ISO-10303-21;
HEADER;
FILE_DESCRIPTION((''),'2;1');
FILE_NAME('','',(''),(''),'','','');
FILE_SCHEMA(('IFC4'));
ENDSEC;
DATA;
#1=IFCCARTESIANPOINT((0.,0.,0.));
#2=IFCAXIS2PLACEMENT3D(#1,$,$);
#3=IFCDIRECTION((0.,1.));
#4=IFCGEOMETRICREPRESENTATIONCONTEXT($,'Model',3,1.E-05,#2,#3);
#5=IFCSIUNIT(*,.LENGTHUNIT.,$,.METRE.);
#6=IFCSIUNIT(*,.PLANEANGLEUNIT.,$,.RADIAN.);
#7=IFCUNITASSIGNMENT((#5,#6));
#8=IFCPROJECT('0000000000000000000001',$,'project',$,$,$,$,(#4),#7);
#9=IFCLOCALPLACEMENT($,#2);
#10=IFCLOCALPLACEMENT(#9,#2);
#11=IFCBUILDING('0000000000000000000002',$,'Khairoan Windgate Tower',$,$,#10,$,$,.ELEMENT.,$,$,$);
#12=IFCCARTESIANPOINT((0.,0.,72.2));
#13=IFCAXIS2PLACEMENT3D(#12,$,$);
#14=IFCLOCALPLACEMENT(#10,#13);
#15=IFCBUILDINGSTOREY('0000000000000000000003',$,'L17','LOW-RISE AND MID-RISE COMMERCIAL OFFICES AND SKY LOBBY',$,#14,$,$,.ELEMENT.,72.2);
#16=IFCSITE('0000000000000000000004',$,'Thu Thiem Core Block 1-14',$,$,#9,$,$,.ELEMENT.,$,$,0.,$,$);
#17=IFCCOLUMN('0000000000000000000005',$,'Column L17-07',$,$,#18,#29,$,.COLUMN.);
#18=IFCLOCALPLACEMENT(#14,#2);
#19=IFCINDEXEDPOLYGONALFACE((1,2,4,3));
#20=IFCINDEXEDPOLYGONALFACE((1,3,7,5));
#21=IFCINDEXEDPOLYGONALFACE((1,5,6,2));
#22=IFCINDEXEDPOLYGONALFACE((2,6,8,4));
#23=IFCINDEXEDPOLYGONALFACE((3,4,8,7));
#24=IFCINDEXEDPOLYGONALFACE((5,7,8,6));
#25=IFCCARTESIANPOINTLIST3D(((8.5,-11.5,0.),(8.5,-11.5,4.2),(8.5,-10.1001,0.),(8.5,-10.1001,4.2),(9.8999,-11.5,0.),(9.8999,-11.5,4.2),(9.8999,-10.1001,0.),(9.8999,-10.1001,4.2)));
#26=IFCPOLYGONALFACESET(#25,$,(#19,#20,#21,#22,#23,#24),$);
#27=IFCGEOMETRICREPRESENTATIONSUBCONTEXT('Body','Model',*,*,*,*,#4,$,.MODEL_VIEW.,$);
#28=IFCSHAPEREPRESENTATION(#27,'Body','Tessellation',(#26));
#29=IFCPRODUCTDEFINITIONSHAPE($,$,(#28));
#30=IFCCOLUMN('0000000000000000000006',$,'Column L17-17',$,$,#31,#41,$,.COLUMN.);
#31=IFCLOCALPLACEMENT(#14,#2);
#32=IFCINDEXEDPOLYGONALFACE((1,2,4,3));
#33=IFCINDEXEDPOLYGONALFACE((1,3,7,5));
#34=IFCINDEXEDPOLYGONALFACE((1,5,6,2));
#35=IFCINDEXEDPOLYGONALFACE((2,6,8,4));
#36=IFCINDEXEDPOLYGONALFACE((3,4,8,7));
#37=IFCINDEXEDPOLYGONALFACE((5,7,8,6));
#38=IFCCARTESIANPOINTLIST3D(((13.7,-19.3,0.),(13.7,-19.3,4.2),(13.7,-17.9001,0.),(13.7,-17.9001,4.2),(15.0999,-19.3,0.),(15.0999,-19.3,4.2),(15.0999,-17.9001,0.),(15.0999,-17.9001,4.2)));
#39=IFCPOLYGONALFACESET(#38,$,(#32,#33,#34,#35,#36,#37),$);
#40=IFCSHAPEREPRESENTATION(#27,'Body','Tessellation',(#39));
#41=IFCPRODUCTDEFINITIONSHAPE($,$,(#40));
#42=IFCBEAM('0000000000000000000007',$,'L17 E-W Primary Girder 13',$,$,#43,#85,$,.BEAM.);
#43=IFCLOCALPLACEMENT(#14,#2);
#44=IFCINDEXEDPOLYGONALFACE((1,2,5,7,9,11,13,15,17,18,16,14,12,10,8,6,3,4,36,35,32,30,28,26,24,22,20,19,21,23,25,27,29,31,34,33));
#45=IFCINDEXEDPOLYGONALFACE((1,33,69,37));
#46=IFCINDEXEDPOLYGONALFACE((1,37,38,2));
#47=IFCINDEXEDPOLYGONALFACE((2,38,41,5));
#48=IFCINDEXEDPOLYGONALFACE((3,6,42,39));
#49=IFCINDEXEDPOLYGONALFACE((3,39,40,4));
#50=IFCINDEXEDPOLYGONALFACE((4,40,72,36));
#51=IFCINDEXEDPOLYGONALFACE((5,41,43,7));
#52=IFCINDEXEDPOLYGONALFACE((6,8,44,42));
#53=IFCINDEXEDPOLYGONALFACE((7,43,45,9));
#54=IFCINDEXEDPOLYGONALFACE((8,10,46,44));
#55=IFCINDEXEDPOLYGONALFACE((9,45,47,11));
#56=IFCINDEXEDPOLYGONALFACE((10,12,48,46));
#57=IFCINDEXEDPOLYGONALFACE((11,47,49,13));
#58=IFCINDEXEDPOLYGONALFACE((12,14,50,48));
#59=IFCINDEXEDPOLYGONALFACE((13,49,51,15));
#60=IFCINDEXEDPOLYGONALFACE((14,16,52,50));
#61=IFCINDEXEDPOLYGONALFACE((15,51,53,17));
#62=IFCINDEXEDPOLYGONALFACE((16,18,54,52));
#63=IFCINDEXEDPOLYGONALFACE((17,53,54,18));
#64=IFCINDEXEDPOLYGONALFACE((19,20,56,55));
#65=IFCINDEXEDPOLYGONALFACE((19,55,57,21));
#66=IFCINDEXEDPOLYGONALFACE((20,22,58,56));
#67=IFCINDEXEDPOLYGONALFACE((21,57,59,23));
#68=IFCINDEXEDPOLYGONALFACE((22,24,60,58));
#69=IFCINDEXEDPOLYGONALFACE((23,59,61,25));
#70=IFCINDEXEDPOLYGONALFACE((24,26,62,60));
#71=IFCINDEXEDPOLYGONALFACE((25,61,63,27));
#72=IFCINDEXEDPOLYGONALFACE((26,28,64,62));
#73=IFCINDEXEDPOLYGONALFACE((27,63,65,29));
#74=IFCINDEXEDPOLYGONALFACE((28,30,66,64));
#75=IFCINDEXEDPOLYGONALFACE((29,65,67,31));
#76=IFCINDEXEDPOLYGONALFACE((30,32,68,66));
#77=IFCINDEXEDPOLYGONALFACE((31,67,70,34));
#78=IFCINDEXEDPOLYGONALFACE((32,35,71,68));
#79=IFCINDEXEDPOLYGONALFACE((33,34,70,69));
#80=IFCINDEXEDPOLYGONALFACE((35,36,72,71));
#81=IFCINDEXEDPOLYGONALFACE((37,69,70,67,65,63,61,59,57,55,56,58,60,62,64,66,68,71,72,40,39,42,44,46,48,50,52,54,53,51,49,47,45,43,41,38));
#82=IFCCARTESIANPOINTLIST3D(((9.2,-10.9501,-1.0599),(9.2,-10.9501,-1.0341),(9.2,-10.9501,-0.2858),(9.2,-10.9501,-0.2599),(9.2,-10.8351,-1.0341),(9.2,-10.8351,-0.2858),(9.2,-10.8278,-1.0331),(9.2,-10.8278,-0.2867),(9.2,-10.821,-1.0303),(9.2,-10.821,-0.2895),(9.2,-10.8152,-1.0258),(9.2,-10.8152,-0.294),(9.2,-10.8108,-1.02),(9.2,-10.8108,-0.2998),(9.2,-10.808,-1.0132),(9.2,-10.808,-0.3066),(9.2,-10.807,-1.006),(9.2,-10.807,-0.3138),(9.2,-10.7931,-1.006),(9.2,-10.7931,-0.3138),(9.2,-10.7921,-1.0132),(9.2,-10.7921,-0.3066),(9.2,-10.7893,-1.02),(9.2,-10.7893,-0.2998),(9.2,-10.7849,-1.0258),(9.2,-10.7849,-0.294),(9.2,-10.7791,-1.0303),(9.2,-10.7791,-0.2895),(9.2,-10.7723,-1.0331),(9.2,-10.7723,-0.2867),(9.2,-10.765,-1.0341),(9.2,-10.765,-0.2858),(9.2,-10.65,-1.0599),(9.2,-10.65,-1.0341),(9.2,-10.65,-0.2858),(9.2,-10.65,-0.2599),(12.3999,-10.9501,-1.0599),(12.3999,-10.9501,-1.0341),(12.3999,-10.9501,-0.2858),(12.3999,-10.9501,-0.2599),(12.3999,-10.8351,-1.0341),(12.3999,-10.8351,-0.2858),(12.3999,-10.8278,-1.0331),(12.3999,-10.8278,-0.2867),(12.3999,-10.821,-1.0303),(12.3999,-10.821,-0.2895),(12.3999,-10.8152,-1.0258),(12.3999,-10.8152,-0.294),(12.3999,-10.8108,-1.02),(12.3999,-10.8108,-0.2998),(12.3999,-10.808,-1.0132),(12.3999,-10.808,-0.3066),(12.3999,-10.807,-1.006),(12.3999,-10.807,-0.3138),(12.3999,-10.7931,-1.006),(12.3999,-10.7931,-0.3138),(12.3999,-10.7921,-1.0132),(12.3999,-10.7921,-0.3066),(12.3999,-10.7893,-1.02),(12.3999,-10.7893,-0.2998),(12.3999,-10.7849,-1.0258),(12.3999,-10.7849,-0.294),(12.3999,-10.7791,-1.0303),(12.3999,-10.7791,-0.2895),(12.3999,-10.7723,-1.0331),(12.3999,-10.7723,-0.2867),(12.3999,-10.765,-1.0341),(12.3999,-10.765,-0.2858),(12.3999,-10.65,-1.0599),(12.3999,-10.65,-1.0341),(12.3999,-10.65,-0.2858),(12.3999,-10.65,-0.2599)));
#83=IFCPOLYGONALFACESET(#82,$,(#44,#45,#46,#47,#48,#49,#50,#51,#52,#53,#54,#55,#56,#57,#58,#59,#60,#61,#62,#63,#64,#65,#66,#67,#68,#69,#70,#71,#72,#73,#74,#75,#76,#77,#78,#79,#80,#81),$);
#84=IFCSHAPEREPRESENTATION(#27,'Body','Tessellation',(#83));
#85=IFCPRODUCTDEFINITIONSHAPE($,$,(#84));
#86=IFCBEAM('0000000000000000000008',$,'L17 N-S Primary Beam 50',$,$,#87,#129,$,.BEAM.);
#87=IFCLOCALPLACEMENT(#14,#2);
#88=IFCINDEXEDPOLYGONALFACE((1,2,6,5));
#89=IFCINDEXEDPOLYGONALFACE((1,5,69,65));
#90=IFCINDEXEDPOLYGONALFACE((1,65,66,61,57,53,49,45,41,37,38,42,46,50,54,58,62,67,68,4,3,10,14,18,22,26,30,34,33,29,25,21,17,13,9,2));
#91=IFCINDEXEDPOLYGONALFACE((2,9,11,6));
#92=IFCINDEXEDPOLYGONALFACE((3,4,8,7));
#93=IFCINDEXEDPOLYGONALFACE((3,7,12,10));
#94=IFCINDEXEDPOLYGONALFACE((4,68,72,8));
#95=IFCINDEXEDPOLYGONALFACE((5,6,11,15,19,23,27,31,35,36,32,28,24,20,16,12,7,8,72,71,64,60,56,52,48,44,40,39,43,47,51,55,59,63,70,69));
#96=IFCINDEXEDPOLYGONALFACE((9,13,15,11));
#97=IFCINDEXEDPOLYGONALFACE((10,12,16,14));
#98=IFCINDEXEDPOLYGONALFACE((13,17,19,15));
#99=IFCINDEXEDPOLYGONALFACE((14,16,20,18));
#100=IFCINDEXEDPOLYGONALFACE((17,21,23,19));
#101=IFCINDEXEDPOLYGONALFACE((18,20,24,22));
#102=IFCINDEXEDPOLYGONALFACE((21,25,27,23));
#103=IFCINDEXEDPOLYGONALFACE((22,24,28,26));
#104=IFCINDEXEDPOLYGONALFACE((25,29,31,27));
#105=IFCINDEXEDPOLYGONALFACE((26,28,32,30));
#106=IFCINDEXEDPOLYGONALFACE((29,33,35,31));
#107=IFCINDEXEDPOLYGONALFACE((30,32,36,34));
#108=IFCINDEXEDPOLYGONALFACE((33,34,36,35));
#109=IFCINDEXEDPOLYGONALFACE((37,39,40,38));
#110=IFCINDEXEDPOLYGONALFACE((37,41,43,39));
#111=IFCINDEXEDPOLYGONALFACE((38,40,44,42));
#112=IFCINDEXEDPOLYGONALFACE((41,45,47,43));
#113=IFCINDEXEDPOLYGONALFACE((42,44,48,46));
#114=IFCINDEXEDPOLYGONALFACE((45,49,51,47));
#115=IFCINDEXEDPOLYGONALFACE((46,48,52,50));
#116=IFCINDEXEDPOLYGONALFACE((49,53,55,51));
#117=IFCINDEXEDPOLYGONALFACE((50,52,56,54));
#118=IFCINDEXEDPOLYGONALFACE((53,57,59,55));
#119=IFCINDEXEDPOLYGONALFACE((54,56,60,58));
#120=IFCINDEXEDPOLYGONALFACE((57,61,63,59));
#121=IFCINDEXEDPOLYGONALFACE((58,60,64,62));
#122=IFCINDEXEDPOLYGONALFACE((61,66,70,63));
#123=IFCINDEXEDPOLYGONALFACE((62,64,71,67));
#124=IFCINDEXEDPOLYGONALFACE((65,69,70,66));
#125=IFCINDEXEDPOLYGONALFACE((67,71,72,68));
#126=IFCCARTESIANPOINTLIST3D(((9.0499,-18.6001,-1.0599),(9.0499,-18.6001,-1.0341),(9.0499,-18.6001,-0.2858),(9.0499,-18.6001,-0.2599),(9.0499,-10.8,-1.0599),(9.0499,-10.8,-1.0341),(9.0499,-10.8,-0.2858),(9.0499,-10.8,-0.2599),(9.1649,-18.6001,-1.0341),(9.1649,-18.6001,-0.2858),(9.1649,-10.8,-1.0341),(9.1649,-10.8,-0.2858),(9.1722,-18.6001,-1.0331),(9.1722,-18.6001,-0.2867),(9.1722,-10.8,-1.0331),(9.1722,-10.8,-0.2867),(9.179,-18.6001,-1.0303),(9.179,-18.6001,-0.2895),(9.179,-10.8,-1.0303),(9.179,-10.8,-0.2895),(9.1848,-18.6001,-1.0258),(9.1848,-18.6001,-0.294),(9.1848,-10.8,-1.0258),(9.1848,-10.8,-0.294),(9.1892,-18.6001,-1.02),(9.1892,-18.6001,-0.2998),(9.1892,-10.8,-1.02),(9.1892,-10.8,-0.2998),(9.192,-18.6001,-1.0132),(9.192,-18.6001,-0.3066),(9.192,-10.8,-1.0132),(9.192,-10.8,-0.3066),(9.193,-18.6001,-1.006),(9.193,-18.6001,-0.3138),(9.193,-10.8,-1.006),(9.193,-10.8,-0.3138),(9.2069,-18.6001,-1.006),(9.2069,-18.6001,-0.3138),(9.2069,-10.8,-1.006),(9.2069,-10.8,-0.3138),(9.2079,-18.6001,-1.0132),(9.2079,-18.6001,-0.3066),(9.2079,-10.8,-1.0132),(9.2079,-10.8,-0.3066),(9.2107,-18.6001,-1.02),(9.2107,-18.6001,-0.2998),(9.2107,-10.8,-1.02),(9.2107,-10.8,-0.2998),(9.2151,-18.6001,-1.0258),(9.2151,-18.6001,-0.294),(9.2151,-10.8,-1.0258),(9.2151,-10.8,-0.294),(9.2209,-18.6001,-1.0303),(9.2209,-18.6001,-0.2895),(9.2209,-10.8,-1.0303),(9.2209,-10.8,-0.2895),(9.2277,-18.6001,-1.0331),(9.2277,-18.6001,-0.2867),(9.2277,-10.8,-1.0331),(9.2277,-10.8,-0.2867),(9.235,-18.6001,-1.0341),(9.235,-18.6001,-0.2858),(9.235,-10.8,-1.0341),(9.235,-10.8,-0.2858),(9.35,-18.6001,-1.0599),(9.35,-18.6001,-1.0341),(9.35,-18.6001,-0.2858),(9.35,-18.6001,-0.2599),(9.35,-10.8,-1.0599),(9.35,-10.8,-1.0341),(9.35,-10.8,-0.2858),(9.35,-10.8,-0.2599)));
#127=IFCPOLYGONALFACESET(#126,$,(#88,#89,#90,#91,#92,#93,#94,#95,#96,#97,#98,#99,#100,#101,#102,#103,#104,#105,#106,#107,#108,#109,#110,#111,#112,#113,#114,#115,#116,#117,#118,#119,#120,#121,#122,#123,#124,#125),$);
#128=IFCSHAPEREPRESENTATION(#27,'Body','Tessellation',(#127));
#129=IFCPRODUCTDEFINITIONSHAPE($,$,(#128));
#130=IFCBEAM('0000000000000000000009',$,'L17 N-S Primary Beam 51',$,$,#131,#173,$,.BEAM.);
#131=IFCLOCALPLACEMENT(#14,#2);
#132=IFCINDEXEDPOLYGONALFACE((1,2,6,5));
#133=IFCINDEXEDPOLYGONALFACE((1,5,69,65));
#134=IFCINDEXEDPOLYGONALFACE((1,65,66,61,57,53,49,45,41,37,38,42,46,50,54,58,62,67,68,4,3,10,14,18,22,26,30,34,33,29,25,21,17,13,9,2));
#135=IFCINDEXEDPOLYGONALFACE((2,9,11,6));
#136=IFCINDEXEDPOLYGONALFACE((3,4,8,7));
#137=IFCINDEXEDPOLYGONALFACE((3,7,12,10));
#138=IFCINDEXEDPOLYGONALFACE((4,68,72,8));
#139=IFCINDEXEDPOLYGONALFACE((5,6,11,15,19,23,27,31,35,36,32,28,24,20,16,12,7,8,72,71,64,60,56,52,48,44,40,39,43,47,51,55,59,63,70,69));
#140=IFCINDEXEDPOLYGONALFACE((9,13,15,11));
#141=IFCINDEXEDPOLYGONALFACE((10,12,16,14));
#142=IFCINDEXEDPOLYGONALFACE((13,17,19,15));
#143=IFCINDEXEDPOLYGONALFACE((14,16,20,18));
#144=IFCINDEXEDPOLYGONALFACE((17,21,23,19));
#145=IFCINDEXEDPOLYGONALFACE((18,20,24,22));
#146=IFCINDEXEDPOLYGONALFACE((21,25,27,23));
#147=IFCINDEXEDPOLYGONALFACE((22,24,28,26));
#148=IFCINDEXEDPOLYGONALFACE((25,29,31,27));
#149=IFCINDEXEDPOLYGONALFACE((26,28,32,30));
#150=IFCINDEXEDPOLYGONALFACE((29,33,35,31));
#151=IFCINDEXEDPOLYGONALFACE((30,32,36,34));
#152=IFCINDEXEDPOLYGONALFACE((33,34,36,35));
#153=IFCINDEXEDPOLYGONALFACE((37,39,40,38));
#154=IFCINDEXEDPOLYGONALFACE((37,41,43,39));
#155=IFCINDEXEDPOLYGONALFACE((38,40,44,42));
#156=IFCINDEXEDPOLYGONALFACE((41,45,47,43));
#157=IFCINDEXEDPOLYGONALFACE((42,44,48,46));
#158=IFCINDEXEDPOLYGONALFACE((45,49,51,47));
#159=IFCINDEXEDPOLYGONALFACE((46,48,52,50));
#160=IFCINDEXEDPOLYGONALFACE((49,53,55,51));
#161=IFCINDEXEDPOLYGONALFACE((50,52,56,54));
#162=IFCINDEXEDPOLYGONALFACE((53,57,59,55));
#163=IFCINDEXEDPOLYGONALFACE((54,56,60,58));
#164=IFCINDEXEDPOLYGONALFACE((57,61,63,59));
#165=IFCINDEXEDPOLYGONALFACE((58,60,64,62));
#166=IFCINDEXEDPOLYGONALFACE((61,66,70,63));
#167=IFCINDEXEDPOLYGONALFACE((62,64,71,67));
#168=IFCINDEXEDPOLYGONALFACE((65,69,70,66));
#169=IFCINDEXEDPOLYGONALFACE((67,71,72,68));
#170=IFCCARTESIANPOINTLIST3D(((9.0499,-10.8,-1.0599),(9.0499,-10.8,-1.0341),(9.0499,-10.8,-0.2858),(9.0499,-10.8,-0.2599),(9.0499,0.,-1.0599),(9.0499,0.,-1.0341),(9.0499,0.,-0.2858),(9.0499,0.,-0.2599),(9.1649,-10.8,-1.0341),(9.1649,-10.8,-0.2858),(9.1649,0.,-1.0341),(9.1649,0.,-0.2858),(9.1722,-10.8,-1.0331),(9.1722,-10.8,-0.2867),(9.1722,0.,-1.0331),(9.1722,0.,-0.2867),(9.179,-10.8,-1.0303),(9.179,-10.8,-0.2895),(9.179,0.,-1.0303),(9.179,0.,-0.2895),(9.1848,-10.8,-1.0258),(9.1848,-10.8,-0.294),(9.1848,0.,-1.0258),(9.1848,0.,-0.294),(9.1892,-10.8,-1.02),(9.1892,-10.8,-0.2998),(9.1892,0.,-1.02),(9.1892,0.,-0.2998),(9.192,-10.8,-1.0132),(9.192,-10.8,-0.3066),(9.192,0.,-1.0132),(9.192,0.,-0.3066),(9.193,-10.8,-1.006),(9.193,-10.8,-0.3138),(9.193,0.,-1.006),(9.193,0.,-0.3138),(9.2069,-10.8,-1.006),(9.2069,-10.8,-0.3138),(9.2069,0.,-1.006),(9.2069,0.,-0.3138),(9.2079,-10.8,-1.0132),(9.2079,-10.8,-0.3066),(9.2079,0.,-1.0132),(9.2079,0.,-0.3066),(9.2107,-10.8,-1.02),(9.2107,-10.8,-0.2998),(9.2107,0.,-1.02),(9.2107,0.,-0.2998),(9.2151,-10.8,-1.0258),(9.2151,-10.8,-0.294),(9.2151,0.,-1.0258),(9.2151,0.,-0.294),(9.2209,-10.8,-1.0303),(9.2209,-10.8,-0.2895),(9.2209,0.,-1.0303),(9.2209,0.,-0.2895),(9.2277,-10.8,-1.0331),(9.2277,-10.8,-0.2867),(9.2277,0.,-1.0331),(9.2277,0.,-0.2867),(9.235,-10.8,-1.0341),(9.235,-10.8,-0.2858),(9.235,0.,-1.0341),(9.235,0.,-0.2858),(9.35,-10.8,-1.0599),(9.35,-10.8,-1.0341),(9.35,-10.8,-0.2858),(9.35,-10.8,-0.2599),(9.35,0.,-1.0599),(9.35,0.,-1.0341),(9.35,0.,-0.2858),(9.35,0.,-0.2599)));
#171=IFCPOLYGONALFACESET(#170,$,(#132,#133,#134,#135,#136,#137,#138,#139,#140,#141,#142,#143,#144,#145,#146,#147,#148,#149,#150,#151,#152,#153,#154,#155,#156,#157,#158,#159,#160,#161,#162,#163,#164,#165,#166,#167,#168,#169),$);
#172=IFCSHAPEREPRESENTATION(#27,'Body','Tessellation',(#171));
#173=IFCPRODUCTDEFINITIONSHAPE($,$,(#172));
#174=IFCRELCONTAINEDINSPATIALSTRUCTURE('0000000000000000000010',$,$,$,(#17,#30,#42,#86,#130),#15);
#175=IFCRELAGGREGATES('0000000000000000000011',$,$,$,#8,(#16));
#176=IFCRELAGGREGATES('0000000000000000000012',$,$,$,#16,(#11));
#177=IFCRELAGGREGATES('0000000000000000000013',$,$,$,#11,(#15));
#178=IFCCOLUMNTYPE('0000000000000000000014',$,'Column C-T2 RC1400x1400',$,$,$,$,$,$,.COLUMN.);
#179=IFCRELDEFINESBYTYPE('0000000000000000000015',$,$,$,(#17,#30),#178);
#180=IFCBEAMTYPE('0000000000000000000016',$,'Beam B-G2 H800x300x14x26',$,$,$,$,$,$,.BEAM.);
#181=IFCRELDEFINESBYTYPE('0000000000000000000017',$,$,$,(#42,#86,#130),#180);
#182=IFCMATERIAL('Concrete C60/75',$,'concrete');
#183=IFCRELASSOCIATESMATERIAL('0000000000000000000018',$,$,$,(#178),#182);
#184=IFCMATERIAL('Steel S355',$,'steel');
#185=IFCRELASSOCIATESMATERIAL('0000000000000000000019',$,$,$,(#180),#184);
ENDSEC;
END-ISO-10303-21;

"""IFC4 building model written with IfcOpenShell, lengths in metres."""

from ifc_helpers import new_model, si_unit, direction, frame, origin, origin_2d, place, context, subcontext, project, spatial, rectangle, i_section, extrude, material, material_profile, profile_set, type_object, element, save


model = new_model("IFC4")

# Units and contexts
model_context = context("Model", 3, precision=1e-05, world=origin(), true_north=direction((0.0, 1.0)))
body_context = subcontext(model_context, "Body", "Model", "MODEL_VIEW")
ifc_project = project(units=[si_unit("LENGTHUNIT", "METRE"), si_unit("PLANEANGLEUNIT", "RADIAN")], contexts=[model_context])

# Site, building, storey
site_placement = place(None, origin())
site = spatial("IfcSite", under=ifc_project, at=site_placement, Name="Thu Thiem Core Block 1-14", CompositionType="ELEMENT", RefElevation=0.0)
building_placement = place(site_placement, origin())
building = spatial("IfcBuilding", under=site, at=building_placement, Name="Khairoan Windgate Tower", CompositionType="ELEMENT")
storey_placement = place(building_placement, frame((0.0, 0.0, 72.2)))
storey = spatial("IfcBuildingStorey", under=building, at=storey_placement, Name="L17", Description="LOW-RISE AND MID-RISE COMMERCIAL OFFICES AND SKY LOBBY", CompositionType="ELEMENT", Elevation=72.2)

# Columns
ifc_material_1 = material(Name="Concrete C60/75", Category="concrete")
ifc_material_profile_1 = material_profile(ifc_material_1, rectangle(XDim=1.3999, YDim=1.3999, at=origin_2d()))
ifc_profile_set_1 = profile_set([ifc_material_profile_1], Name="Concrete C60/75")
column_type = type_object("IfcColumnType", Name="Column C-T2 RC1400x1400", PredefinedType="COLUMN", material=ifc_profile_set_1)
for number, where, z_axis, x_axis, name in (
    (1, (9.2, -10.8, 0.0), (0.0, 0.0, 1.0), (1.0, 0.0, 0.0), "Column L17-07"),
    (2, (14.3999, -18.6001, 0.0), (0.0, 0.0, 1.0), (1.0, 0.0, 0.0), "Column L17-17"),
):
    element("IfcColumn", number, at=place(storey_placement, frame(where, z_axis=z_axis, x_axis=x_axis)), inside=storey, type_object=column_type, Name=name, PredefinedType="COLUMN", context=body_context, shape_type="SweptSolid", body=[
        extrude(rectangle(XDim=1.3999, YDim=1.3999, at=origin_2d()), origin(), (0.0, 0.0, 1.0), 4.2),
    ])

# Beams
ifc_material_2 = material(Name="Steel S355", Category="steel")
ifc_material_profile_2 = material_profile(ifc_material_2, i_section(OverallWidth=0.3, OverallDepth=0.8, WebThickness=0.0139, FlangeThickness=0.0259, FilletRadius=0.0281, at=origin_2d()))
ifc_profile_set_2 = profile_set([ifc_material_profile_2], Name="Steel S355")
beam_type_1 = type_object("IfcBeamType", Name="Beam B-G2 H800x300x14x26", PredefinedType="BEAM", material=ifc_profile_set_2)
beam_1_placement = place(storey_placement, frame((9.2, -10.8, -0.6599), z_axis=(1.0, 0.0, 0.0), x_axis=(0.0, 1.0, 0.0)))
element("IfcBeam", 3, at=beam_1_placement, inside=storey, type_object=beam_type_1, Name="L17 E-W Primary Girder 13", PredefinedType="BEAM", context=body_context, shape_type="SweptSolid", body=[
    extrude(i_section(OverallWidth=0.3, OverallDepth=0.8, WebThickness=0.0139, FlangeThickness=0.0259, FilletRadius=0.0281, at=origin_2d()), origin(), (0.0, 0.0, 1.0), 3.2),
])
beam_2_placement = place(storey_placement, frame((9.2, -18.6001, -0.6599), z_axis=(0.0, 1.0, 0.0), x_axis=(-1.0, 0.0, 0.0)))
element("IfcBeam", 4, at=beam_2_placement, inside=storey, type_object=beam_type_1, Name="L17 N-S Primary Beam 50", PredefinedType="BEAM", context=body_context, shape_type="SweptSolid", body=[
    extrude(i_section(OverallWidth=0.3, OverallDepth=0.8, WebThickness=0.0139, FlangeThickness=0.0259, FilletRadius=0.0281, at=origin_2d()), origin(), (0.0, 0.0, 1.0), 7.8),
])
beam_3_placement = place(storey_placement, frame((9.2, -10.8, -0.6599), z_axis=(0.0, 1.0, 0.0), x_axis=(-1.0, 0.0, 0.0)))
element("IfcBeam", 5, at=beam_3_placement, inside=storey, type_object=beam_type_1, Name="L17 N-S Primary Beam 51", PredefinedType="BEAM", context=body_context, shape_type="SweptSolid", body=[
    extrude(i_section(OverallWidth=0.3, OverallDepth=0.8, WebThickness=0.0139, FlangeThickness=0.0259, FilletRadius=0.0281, at=origin_2d()), origin(), (0.0, 0.0, 1.0), 10.8),
])

save(model, "model.ifc")
